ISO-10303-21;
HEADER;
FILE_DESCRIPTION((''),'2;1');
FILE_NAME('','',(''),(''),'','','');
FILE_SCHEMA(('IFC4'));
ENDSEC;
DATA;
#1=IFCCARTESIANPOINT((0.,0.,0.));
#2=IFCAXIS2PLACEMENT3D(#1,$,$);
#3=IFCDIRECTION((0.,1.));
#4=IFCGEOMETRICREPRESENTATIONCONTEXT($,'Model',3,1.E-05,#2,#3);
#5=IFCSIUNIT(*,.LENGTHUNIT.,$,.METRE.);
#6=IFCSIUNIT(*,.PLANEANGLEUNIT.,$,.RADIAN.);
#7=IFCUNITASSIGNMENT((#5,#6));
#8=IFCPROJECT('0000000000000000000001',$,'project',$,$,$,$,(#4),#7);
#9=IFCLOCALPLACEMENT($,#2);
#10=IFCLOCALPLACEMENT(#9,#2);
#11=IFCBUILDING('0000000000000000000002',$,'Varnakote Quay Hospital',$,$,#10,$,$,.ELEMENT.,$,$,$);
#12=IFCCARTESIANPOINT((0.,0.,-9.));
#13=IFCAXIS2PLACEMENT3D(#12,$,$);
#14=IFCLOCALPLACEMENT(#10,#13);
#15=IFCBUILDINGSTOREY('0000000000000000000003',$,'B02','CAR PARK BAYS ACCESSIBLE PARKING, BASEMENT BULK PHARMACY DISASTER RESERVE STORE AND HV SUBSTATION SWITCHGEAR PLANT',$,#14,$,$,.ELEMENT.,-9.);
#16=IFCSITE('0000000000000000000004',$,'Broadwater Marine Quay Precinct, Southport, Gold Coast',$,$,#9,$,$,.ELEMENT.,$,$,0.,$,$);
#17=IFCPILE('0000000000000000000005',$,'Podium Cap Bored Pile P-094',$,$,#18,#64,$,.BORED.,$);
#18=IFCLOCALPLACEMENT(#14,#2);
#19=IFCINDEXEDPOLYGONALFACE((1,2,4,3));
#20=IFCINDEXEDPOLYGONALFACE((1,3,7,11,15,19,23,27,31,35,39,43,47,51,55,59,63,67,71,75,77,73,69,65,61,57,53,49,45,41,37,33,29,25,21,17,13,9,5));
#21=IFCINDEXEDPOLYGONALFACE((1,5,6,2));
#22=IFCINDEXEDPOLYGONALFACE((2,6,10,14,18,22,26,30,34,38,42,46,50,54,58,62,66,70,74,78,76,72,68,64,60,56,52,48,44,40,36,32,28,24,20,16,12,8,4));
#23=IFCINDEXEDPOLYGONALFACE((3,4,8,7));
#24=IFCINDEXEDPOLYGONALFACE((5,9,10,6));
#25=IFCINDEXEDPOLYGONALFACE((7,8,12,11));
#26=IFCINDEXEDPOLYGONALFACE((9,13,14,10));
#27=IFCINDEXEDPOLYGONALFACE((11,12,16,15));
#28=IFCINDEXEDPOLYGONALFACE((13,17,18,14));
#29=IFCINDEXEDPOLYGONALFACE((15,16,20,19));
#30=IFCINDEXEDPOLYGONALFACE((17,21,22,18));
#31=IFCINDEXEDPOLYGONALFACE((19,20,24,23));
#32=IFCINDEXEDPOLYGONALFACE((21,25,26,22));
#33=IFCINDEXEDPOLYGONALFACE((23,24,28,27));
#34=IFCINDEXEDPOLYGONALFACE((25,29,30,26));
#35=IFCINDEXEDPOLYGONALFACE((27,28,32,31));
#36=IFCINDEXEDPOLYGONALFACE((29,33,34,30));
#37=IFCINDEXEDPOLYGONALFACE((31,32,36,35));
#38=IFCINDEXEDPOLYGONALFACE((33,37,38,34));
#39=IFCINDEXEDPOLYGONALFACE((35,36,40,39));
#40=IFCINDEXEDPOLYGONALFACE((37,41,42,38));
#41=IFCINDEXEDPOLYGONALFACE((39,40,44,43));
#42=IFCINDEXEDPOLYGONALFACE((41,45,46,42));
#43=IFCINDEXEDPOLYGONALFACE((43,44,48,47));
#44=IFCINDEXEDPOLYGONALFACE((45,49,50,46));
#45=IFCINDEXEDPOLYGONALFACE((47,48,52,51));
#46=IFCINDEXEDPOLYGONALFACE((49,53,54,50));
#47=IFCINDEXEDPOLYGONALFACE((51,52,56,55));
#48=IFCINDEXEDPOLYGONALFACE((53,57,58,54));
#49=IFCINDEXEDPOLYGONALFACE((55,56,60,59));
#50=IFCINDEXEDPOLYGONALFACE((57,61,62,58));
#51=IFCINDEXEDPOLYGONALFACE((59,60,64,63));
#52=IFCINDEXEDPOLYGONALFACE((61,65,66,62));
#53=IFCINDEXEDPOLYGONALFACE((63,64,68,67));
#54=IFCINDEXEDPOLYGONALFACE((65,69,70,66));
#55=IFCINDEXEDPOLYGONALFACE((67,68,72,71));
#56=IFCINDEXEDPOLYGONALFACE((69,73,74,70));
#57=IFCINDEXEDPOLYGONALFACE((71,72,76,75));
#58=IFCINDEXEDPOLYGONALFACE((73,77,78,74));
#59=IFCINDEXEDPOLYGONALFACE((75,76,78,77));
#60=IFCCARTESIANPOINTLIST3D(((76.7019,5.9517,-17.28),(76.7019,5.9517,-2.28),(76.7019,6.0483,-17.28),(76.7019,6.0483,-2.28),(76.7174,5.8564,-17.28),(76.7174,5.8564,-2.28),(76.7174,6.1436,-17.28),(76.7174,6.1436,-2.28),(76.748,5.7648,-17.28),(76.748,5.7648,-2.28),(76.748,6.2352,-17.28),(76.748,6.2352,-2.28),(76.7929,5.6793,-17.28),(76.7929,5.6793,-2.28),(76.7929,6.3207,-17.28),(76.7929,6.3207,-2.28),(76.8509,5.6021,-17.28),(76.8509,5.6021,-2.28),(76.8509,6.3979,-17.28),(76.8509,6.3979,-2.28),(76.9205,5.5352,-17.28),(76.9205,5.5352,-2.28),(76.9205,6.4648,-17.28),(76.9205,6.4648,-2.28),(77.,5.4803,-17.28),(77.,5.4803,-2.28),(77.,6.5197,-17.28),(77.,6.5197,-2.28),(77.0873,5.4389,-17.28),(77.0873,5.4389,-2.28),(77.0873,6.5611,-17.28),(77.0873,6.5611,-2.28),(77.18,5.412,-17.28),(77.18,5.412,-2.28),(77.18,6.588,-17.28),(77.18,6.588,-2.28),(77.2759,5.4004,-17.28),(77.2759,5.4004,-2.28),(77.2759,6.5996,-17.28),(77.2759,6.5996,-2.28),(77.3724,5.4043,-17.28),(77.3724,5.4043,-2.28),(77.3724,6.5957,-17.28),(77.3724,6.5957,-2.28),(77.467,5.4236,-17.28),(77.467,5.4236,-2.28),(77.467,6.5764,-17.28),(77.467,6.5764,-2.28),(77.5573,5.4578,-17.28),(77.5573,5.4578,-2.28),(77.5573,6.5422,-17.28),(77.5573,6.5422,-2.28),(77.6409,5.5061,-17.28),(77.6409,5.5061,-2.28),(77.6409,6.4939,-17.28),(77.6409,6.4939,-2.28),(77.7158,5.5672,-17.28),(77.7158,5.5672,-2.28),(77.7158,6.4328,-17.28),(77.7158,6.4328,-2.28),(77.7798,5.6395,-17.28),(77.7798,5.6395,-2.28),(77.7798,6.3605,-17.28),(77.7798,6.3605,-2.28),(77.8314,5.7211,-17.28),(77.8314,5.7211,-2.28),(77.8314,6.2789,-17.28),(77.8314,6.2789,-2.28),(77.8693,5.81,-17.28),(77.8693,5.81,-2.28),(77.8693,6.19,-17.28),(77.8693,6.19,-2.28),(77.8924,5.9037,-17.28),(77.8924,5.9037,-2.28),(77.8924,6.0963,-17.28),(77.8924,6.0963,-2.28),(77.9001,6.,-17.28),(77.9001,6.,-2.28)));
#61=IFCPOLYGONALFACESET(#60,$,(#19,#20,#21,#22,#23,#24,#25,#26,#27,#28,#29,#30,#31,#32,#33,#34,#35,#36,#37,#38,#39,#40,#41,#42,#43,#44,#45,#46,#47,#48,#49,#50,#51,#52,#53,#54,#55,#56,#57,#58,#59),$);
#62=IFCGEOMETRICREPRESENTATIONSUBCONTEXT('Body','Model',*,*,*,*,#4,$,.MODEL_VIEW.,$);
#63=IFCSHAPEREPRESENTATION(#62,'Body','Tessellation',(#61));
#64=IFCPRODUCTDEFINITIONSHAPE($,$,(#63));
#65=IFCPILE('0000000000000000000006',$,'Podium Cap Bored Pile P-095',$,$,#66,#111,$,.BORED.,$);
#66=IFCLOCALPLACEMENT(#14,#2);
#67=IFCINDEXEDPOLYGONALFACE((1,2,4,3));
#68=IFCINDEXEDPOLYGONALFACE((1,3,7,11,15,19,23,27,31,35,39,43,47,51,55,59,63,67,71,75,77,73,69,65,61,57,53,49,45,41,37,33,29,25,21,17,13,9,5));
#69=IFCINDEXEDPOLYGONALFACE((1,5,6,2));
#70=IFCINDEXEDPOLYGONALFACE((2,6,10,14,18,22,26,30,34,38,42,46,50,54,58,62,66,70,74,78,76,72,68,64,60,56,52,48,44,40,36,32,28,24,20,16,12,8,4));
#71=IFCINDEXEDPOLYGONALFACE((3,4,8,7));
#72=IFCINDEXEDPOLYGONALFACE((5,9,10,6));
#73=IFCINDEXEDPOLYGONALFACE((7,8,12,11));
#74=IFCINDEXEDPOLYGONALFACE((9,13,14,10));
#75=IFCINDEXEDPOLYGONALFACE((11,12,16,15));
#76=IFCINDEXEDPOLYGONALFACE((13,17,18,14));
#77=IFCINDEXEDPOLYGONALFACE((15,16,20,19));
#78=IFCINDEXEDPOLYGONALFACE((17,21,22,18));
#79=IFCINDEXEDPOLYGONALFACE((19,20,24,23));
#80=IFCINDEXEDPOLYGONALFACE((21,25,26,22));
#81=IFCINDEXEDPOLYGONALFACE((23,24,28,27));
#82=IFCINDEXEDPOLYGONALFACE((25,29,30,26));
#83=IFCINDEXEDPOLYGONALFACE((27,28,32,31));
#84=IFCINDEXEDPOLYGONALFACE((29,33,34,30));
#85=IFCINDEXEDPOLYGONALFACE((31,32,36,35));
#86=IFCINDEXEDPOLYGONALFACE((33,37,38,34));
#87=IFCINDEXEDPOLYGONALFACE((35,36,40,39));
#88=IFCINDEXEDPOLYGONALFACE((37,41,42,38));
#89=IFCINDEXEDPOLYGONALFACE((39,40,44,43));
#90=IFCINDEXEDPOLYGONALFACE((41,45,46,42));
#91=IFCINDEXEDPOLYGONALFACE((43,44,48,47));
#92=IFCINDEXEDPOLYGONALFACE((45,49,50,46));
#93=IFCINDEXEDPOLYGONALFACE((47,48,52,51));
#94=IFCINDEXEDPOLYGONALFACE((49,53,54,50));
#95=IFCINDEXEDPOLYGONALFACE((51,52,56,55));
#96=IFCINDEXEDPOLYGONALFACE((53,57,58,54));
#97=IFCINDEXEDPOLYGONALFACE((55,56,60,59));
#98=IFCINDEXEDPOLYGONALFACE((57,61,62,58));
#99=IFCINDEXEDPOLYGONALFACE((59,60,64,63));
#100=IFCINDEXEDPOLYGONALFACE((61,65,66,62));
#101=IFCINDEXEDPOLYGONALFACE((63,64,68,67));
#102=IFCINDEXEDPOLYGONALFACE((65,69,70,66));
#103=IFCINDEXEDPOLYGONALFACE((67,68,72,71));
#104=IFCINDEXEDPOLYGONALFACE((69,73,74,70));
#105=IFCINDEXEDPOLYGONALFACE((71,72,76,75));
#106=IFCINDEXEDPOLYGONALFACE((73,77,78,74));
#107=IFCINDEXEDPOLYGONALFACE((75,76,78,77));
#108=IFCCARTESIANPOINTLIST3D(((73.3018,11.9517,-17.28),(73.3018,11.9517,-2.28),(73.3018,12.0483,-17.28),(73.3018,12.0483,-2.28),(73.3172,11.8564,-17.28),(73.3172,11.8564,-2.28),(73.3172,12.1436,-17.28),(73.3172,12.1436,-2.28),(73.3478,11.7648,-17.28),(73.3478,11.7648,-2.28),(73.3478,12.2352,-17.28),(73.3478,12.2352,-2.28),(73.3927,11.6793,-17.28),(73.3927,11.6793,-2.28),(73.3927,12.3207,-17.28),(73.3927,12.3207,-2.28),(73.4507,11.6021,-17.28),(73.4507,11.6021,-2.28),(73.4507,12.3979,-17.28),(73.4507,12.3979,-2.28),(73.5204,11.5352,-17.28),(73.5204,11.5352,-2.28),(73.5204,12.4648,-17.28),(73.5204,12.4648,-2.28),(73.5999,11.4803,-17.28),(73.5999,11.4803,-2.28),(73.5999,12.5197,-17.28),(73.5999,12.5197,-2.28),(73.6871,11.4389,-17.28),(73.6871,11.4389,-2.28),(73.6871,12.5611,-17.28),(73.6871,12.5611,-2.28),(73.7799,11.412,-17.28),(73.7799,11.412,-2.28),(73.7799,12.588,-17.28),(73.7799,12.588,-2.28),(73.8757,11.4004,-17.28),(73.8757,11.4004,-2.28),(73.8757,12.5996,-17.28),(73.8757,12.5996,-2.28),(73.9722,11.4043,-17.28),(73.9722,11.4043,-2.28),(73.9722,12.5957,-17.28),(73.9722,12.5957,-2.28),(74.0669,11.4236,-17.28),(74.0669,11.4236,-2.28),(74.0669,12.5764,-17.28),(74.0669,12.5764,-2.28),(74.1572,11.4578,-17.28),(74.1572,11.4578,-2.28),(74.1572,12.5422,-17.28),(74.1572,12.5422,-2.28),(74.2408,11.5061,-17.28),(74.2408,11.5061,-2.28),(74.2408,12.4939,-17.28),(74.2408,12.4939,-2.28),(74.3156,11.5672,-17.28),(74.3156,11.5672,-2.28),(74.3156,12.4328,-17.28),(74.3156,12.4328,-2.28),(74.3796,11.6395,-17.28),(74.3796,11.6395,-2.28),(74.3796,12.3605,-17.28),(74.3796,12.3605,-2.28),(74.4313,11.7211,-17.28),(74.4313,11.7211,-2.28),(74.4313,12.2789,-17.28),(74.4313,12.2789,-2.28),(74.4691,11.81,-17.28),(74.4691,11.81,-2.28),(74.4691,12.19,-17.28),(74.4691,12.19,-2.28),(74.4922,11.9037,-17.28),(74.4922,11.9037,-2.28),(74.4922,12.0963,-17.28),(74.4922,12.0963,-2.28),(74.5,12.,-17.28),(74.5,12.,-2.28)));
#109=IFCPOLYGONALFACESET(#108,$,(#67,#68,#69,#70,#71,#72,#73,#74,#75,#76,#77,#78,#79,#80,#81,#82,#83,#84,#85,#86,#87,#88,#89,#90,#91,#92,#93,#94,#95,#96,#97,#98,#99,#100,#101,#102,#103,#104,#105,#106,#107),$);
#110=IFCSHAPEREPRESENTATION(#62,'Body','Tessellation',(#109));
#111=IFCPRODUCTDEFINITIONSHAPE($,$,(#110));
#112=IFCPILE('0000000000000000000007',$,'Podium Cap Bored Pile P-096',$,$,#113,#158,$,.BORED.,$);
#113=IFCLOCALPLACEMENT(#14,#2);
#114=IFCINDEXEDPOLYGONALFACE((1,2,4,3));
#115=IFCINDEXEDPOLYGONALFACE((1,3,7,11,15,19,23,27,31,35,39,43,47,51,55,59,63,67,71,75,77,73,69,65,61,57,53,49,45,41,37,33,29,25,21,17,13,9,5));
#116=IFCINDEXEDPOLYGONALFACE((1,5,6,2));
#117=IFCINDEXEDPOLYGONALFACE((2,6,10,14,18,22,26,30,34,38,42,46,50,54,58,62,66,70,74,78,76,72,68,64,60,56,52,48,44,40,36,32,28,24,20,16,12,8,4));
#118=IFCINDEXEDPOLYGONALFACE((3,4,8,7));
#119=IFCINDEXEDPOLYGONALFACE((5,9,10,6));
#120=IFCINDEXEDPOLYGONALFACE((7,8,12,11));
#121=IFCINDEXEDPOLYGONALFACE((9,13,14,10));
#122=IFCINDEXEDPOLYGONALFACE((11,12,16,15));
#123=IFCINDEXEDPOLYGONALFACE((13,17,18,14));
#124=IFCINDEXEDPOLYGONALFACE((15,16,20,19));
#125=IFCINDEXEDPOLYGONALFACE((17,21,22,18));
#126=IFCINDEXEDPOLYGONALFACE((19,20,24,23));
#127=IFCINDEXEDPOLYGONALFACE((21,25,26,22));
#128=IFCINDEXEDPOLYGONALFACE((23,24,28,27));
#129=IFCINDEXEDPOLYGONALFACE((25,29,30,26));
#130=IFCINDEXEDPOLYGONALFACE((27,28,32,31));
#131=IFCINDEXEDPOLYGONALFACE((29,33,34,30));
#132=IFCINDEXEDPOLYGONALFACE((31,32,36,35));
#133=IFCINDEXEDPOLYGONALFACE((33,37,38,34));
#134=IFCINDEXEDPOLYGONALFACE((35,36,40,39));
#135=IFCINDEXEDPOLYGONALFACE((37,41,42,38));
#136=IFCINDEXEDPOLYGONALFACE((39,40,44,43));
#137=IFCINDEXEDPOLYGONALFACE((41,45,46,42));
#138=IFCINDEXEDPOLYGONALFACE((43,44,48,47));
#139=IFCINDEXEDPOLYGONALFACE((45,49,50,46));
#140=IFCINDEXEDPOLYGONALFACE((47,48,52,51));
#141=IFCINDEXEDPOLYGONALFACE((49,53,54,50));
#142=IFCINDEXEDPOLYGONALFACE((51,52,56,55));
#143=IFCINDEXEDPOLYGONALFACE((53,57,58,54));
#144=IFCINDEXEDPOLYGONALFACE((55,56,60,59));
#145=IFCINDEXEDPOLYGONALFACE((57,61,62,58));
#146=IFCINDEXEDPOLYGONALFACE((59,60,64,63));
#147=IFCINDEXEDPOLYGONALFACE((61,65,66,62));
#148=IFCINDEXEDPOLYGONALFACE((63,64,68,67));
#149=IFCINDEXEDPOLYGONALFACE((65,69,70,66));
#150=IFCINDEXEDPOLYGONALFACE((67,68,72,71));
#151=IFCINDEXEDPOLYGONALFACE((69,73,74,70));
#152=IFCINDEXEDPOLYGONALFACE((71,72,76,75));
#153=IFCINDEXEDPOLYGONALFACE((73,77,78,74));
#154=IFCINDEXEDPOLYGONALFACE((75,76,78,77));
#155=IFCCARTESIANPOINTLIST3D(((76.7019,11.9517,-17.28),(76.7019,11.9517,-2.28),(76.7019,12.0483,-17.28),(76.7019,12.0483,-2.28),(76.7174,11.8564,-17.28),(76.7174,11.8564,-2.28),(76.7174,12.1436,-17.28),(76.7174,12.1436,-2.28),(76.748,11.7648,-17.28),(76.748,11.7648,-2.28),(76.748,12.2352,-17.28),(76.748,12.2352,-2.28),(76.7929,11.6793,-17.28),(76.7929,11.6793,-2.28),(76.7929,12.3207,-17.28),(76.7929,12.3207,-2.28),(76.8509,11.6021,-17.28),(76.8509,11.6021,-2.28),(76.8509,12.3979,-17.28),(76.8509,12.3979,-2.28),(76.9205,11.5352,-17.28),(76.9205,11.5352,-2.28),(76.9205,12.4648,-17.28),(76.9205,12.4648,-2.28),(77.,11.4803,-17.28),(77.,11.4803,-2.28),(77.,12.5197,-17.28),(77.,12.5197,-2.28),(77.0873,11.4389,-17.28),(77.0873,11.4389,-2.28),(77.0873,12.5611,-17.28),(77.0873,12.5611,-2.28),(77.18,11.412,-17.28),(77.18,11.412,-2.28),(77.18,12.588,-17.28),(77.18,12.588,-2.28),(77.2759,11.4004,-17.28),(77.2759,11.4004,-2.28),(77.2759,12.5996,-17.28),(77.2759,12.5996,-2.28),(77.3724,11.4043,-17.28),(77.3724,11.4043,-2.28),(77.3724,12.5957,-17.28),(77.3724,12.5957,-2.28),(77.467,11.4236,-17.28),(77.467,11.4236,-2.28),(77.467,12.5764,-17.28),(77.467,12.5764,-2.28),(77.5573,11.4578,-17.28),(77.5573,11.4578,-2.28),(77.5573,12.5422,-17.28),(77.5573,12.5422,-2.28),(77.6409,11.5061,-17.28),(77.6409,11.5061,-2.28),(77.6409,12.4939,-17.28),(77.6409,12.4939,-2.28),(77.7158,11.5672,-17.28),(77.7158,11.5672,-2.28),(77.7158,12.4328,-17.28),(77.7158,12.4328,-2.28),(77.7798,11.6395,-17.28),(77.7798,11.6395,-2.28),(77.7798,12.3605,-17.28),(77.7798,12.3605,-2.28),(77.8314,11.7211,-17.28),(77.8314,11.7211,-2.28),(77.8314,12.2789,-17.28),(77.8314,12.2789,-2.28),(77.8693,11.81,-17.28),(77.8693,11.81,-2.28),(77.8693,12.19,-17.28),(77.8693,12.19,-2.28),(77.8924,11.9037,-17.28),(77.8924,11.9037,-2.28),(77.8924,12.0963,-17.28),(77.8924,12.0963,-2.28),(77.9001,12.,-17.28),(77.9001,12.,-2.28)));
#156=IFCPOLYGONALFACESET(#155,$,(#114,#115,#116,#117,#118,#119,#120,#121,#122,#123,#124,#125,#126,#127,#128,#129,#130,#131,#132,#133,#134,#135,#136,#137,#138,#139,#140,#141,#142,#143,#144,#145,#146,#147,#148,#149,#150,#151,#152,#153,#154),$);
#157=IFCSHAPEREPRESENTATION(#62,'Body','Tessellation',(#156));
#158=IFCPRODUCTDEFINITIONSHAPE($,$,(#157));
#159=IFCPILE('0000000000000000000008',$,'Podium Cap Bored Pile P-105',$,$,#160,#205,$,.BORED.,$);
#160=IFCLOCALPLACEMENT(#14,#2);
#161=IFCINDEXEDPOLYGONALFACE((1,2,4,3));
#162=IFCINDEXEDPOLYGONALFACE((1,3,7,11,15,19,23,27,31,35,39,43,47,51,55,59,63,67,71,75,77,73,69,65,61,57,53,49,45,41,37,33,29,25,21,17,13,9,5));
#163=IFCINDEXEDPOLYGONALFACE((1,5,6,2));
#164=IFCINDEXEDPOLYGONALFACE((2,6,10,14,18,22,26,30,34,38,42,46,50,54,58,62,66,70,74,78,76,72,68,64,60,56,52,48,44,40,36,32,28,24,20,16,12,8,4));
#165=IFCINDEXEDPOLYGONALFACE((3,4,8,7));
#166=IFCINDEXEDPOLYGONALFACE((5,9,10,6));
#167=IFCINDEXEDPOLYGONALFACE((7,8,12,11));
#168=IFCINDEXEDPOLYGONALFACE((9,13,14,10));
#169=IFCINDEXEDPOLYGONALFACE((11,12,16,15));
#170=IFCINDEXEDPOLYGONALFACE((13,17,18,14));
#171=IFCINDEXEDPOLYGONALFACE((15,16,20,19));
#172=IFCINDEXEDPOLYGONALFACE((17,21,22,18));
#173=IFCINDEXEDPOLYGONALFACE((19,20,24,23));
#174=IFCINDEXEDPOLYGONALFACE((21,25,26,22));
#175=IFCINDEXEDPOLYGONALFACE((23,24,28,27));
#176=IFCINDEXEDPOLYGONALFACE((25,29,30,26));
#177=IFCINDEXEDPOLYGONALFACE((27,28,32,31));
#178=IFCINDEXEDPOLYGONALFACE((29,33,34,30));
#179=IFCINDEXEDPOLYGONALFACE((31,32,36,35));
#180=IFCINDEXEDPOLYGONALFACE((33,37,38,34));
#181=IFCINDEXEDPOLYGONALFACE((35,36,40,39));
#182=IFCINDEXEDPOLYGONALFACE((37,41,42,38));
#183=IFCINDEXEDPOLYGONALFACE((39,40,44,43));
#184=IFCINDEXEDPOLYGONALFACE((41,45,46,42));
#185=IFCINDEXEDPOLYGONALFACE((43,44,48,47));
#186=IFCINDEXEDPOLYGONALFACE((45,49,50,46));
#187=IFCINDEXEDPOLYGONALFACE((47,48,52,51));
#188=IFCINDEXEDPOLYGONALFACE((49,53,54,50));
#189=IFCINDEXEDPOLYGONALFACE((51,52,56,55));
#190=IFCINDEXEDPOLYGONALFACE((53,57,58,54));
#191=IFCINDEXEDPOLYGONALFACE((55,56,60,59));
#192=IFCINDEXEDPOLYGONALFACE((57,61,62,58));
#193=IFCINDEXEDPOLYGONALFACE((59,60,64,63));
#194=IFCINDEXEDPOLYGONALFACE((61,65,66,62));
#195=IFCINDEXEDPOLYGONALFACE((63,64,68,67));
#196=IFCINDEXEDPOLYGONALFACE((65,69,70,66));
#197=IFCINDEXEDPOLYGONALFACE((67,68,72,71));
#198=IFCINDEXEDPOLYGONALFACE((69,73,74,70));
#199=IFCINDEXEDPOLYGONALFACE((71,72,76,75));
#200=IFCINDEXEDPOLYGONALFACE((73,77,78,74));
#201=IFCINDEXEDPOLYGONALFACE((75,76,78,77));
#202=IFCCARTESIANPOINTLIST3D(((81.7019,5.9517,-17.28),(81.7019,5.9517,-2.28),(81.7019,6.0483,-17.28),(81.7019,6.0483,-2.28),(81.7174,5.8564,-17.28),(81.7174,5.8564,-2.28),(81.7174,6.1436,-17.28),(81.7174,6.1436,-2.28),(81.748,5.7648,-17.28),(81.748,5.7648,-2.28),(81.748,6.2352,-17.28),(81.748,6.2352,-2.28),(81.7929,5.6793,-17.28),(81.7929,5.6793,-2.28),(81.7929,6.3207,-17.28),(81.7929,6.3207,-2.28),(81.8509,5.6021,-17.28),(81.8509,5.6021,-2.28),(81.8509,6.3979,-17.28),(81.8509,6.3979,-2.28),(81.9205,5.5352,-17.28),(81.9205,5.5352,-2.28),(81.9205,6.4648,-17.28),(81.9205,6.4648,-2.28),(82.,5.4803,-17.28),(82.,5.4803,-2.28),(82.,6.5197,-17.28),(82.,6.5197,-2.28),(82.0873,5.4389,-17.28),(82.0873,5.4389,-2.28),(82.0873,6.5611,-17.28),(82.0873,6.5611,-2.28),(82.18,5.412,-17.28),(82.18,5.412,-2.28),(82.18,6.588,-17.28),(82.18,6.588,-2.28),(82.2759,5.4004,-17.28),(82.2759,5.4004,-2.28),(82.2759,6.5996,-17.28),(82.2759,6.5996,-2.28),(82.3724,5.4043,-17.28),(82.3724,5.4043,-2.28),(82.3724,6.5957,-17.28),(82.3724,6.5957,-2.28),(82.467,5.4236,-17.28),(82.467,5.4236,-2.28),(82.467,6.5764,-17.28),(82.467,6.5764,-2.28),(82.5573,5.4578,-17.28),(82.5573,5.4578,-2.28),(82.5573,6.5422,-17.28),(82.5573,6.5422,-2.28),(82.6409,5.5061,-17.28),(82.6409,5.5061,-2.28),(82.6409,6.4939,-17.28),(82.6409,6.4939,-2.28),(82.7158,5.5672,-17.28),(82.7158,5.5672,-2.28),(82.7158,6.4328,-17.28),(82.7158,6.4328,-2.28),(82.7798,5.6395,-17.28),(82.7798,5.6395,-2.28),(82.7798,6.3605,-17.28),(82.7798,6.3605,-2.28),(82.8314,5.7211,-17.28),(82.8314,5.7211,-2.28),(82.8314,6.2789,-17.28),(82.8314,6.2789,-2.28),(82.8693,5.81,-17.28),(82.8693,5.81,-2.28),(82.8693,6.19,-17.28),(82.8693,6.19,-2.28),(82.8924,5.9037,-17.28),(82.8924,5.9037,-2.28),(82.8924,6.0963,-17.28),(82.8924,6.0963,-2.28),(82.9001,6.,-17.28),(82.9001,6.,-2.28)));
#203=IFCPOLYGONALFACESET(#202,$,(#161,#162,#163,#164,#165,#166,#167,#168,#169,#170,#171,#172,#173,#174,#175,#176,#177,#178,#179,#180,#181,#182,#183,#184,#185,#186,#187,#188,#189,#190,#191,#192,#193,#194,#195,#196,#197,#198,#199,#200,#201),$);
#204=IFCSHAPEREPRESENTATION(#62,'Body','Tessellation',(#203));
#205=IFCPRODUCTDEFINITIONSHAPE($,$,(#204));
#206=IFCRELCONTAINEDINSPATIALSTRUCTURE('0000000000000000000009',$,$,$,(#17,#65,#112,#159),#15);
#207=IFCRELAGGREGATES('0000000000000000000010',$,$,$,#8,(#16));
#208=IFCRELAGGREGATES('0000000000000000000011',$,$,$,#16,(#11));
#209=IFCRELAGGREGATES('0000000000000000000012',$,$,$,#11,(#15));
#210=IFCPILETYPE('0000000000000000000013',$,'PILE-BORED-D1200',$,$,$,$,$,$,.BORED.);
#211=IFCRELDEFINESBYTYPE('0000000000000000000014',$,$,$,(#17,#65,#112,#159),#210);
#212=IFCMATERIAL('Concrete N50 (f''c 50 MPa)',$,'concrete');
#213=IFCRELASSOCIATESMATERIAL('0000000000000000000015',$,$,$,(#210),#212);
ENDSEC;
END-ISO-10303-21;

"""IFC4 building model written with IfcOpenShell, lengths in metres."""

from ifc_helpers import new_model, si_unit, direction, frame, origin, origin_2d, place, context, subcontext, project, spatial, circle, extrude, material, material_profile, profile_set, type_object, element, save


model = new_model("IFC4")

# Units and contexts
model_context = context("Model", 3, precision=1e-05, world=origin(), true_north=direction((0.0, 1.0)))
body_context = subcontext(model_context, "Body", "Model", "MODEL_VIEW")
ifc_project = project(units=[si_unit("LENGTHUNIT", "METRE"), si_unit("PLANEANGLEUNIT", "RADIAN")], contexts=[model_context])

# Site, building, storey
site_placement = place(None, origin())
site = spatial("IfcSite", under=ifc_project, at=site_placement, Name="Broadwater Marine Quay Precinct, Southport, Gold Coast", CompositionType="ELEMENT", RefElevation=0.0)
building_placement = place(site_placement, origin())
building = spatial("IfcBuilding", under=site, at=building_placement, Name="Varnakote Quay Hospital", CompositionType="ELEMENT")
storey_placement = place(building_placement, frame((0.0, 0.0, -9.0)))
storey = spatial("IfcBuildingStorey", under=building, at=storey_placement, Name="B02", Description="CAR PARK BAYS ACCESSIBLE PARKING, BASEMENT BULK PHARMACY DISASTER RESERVE STORE AND HV SUBSTATION SWITCHGEAR PLANT", CompositionType="ELEMENT", Elevation=-9.0)

# Piles
ifc_material_1 = material(Name="Concrete N50 (f'c 50 MPa)", Category="concrete")
ifc_material_profile_1 = material_profile(ifc_material_1, circle(Radius=0.6001, at=origin_2d()), Name="PILE-D1200")
ifc_profile_set_1 = profile_set([ifc_material_profile_1], Name="Concrete N50 (f'c 50 MPa)")
pile_type = type_object("IfcPileType", Name="PILE-BORED-D1200", PredefinedType="BORED", material=ifc_profile_set_1)
for number, where, z_axis, x_axis, name in (
    (1, (77.3, 6.0, -2.28), (0.0, 0.0, -1.0), (1.0, 0.0, 0.0), "Podium Cap Bored Pile P-094"),
    (2, (73.8999, 12.0, -2.28), (0.0, 0.0, -1.0), (1.0, 0.0, 0.0), "Podium Cap Bored Pile P-095"),
    (3, (77.3, 12.0, -2.28), (0.0, 0.0, -1.0), (1.0, 0.0, 0.0), "Podium Cap Bored Pile P-096"),
    (4, (82.3, 6.0, -2.28), (0.0, 0.0, -1.0), (1.0, 0.0, 0.0), "Podium Cap Bored Pile P-105"),
):
    element("IfcPile", number, at=place(storey_placement, frame(where, z_axis=z_axis, x_axis=x_axis)), inside=storey, type_object=pile_type, Name=name, PredefinedType="BORED", context=body_context, shape_type="SweptSolid", body=[
        extrude(circle(Radius=0.6001, at=origin_2d()), origin(), (0.0, 0.0, 1.0), 15.0),
    ])

save(model, "model.ifc")
